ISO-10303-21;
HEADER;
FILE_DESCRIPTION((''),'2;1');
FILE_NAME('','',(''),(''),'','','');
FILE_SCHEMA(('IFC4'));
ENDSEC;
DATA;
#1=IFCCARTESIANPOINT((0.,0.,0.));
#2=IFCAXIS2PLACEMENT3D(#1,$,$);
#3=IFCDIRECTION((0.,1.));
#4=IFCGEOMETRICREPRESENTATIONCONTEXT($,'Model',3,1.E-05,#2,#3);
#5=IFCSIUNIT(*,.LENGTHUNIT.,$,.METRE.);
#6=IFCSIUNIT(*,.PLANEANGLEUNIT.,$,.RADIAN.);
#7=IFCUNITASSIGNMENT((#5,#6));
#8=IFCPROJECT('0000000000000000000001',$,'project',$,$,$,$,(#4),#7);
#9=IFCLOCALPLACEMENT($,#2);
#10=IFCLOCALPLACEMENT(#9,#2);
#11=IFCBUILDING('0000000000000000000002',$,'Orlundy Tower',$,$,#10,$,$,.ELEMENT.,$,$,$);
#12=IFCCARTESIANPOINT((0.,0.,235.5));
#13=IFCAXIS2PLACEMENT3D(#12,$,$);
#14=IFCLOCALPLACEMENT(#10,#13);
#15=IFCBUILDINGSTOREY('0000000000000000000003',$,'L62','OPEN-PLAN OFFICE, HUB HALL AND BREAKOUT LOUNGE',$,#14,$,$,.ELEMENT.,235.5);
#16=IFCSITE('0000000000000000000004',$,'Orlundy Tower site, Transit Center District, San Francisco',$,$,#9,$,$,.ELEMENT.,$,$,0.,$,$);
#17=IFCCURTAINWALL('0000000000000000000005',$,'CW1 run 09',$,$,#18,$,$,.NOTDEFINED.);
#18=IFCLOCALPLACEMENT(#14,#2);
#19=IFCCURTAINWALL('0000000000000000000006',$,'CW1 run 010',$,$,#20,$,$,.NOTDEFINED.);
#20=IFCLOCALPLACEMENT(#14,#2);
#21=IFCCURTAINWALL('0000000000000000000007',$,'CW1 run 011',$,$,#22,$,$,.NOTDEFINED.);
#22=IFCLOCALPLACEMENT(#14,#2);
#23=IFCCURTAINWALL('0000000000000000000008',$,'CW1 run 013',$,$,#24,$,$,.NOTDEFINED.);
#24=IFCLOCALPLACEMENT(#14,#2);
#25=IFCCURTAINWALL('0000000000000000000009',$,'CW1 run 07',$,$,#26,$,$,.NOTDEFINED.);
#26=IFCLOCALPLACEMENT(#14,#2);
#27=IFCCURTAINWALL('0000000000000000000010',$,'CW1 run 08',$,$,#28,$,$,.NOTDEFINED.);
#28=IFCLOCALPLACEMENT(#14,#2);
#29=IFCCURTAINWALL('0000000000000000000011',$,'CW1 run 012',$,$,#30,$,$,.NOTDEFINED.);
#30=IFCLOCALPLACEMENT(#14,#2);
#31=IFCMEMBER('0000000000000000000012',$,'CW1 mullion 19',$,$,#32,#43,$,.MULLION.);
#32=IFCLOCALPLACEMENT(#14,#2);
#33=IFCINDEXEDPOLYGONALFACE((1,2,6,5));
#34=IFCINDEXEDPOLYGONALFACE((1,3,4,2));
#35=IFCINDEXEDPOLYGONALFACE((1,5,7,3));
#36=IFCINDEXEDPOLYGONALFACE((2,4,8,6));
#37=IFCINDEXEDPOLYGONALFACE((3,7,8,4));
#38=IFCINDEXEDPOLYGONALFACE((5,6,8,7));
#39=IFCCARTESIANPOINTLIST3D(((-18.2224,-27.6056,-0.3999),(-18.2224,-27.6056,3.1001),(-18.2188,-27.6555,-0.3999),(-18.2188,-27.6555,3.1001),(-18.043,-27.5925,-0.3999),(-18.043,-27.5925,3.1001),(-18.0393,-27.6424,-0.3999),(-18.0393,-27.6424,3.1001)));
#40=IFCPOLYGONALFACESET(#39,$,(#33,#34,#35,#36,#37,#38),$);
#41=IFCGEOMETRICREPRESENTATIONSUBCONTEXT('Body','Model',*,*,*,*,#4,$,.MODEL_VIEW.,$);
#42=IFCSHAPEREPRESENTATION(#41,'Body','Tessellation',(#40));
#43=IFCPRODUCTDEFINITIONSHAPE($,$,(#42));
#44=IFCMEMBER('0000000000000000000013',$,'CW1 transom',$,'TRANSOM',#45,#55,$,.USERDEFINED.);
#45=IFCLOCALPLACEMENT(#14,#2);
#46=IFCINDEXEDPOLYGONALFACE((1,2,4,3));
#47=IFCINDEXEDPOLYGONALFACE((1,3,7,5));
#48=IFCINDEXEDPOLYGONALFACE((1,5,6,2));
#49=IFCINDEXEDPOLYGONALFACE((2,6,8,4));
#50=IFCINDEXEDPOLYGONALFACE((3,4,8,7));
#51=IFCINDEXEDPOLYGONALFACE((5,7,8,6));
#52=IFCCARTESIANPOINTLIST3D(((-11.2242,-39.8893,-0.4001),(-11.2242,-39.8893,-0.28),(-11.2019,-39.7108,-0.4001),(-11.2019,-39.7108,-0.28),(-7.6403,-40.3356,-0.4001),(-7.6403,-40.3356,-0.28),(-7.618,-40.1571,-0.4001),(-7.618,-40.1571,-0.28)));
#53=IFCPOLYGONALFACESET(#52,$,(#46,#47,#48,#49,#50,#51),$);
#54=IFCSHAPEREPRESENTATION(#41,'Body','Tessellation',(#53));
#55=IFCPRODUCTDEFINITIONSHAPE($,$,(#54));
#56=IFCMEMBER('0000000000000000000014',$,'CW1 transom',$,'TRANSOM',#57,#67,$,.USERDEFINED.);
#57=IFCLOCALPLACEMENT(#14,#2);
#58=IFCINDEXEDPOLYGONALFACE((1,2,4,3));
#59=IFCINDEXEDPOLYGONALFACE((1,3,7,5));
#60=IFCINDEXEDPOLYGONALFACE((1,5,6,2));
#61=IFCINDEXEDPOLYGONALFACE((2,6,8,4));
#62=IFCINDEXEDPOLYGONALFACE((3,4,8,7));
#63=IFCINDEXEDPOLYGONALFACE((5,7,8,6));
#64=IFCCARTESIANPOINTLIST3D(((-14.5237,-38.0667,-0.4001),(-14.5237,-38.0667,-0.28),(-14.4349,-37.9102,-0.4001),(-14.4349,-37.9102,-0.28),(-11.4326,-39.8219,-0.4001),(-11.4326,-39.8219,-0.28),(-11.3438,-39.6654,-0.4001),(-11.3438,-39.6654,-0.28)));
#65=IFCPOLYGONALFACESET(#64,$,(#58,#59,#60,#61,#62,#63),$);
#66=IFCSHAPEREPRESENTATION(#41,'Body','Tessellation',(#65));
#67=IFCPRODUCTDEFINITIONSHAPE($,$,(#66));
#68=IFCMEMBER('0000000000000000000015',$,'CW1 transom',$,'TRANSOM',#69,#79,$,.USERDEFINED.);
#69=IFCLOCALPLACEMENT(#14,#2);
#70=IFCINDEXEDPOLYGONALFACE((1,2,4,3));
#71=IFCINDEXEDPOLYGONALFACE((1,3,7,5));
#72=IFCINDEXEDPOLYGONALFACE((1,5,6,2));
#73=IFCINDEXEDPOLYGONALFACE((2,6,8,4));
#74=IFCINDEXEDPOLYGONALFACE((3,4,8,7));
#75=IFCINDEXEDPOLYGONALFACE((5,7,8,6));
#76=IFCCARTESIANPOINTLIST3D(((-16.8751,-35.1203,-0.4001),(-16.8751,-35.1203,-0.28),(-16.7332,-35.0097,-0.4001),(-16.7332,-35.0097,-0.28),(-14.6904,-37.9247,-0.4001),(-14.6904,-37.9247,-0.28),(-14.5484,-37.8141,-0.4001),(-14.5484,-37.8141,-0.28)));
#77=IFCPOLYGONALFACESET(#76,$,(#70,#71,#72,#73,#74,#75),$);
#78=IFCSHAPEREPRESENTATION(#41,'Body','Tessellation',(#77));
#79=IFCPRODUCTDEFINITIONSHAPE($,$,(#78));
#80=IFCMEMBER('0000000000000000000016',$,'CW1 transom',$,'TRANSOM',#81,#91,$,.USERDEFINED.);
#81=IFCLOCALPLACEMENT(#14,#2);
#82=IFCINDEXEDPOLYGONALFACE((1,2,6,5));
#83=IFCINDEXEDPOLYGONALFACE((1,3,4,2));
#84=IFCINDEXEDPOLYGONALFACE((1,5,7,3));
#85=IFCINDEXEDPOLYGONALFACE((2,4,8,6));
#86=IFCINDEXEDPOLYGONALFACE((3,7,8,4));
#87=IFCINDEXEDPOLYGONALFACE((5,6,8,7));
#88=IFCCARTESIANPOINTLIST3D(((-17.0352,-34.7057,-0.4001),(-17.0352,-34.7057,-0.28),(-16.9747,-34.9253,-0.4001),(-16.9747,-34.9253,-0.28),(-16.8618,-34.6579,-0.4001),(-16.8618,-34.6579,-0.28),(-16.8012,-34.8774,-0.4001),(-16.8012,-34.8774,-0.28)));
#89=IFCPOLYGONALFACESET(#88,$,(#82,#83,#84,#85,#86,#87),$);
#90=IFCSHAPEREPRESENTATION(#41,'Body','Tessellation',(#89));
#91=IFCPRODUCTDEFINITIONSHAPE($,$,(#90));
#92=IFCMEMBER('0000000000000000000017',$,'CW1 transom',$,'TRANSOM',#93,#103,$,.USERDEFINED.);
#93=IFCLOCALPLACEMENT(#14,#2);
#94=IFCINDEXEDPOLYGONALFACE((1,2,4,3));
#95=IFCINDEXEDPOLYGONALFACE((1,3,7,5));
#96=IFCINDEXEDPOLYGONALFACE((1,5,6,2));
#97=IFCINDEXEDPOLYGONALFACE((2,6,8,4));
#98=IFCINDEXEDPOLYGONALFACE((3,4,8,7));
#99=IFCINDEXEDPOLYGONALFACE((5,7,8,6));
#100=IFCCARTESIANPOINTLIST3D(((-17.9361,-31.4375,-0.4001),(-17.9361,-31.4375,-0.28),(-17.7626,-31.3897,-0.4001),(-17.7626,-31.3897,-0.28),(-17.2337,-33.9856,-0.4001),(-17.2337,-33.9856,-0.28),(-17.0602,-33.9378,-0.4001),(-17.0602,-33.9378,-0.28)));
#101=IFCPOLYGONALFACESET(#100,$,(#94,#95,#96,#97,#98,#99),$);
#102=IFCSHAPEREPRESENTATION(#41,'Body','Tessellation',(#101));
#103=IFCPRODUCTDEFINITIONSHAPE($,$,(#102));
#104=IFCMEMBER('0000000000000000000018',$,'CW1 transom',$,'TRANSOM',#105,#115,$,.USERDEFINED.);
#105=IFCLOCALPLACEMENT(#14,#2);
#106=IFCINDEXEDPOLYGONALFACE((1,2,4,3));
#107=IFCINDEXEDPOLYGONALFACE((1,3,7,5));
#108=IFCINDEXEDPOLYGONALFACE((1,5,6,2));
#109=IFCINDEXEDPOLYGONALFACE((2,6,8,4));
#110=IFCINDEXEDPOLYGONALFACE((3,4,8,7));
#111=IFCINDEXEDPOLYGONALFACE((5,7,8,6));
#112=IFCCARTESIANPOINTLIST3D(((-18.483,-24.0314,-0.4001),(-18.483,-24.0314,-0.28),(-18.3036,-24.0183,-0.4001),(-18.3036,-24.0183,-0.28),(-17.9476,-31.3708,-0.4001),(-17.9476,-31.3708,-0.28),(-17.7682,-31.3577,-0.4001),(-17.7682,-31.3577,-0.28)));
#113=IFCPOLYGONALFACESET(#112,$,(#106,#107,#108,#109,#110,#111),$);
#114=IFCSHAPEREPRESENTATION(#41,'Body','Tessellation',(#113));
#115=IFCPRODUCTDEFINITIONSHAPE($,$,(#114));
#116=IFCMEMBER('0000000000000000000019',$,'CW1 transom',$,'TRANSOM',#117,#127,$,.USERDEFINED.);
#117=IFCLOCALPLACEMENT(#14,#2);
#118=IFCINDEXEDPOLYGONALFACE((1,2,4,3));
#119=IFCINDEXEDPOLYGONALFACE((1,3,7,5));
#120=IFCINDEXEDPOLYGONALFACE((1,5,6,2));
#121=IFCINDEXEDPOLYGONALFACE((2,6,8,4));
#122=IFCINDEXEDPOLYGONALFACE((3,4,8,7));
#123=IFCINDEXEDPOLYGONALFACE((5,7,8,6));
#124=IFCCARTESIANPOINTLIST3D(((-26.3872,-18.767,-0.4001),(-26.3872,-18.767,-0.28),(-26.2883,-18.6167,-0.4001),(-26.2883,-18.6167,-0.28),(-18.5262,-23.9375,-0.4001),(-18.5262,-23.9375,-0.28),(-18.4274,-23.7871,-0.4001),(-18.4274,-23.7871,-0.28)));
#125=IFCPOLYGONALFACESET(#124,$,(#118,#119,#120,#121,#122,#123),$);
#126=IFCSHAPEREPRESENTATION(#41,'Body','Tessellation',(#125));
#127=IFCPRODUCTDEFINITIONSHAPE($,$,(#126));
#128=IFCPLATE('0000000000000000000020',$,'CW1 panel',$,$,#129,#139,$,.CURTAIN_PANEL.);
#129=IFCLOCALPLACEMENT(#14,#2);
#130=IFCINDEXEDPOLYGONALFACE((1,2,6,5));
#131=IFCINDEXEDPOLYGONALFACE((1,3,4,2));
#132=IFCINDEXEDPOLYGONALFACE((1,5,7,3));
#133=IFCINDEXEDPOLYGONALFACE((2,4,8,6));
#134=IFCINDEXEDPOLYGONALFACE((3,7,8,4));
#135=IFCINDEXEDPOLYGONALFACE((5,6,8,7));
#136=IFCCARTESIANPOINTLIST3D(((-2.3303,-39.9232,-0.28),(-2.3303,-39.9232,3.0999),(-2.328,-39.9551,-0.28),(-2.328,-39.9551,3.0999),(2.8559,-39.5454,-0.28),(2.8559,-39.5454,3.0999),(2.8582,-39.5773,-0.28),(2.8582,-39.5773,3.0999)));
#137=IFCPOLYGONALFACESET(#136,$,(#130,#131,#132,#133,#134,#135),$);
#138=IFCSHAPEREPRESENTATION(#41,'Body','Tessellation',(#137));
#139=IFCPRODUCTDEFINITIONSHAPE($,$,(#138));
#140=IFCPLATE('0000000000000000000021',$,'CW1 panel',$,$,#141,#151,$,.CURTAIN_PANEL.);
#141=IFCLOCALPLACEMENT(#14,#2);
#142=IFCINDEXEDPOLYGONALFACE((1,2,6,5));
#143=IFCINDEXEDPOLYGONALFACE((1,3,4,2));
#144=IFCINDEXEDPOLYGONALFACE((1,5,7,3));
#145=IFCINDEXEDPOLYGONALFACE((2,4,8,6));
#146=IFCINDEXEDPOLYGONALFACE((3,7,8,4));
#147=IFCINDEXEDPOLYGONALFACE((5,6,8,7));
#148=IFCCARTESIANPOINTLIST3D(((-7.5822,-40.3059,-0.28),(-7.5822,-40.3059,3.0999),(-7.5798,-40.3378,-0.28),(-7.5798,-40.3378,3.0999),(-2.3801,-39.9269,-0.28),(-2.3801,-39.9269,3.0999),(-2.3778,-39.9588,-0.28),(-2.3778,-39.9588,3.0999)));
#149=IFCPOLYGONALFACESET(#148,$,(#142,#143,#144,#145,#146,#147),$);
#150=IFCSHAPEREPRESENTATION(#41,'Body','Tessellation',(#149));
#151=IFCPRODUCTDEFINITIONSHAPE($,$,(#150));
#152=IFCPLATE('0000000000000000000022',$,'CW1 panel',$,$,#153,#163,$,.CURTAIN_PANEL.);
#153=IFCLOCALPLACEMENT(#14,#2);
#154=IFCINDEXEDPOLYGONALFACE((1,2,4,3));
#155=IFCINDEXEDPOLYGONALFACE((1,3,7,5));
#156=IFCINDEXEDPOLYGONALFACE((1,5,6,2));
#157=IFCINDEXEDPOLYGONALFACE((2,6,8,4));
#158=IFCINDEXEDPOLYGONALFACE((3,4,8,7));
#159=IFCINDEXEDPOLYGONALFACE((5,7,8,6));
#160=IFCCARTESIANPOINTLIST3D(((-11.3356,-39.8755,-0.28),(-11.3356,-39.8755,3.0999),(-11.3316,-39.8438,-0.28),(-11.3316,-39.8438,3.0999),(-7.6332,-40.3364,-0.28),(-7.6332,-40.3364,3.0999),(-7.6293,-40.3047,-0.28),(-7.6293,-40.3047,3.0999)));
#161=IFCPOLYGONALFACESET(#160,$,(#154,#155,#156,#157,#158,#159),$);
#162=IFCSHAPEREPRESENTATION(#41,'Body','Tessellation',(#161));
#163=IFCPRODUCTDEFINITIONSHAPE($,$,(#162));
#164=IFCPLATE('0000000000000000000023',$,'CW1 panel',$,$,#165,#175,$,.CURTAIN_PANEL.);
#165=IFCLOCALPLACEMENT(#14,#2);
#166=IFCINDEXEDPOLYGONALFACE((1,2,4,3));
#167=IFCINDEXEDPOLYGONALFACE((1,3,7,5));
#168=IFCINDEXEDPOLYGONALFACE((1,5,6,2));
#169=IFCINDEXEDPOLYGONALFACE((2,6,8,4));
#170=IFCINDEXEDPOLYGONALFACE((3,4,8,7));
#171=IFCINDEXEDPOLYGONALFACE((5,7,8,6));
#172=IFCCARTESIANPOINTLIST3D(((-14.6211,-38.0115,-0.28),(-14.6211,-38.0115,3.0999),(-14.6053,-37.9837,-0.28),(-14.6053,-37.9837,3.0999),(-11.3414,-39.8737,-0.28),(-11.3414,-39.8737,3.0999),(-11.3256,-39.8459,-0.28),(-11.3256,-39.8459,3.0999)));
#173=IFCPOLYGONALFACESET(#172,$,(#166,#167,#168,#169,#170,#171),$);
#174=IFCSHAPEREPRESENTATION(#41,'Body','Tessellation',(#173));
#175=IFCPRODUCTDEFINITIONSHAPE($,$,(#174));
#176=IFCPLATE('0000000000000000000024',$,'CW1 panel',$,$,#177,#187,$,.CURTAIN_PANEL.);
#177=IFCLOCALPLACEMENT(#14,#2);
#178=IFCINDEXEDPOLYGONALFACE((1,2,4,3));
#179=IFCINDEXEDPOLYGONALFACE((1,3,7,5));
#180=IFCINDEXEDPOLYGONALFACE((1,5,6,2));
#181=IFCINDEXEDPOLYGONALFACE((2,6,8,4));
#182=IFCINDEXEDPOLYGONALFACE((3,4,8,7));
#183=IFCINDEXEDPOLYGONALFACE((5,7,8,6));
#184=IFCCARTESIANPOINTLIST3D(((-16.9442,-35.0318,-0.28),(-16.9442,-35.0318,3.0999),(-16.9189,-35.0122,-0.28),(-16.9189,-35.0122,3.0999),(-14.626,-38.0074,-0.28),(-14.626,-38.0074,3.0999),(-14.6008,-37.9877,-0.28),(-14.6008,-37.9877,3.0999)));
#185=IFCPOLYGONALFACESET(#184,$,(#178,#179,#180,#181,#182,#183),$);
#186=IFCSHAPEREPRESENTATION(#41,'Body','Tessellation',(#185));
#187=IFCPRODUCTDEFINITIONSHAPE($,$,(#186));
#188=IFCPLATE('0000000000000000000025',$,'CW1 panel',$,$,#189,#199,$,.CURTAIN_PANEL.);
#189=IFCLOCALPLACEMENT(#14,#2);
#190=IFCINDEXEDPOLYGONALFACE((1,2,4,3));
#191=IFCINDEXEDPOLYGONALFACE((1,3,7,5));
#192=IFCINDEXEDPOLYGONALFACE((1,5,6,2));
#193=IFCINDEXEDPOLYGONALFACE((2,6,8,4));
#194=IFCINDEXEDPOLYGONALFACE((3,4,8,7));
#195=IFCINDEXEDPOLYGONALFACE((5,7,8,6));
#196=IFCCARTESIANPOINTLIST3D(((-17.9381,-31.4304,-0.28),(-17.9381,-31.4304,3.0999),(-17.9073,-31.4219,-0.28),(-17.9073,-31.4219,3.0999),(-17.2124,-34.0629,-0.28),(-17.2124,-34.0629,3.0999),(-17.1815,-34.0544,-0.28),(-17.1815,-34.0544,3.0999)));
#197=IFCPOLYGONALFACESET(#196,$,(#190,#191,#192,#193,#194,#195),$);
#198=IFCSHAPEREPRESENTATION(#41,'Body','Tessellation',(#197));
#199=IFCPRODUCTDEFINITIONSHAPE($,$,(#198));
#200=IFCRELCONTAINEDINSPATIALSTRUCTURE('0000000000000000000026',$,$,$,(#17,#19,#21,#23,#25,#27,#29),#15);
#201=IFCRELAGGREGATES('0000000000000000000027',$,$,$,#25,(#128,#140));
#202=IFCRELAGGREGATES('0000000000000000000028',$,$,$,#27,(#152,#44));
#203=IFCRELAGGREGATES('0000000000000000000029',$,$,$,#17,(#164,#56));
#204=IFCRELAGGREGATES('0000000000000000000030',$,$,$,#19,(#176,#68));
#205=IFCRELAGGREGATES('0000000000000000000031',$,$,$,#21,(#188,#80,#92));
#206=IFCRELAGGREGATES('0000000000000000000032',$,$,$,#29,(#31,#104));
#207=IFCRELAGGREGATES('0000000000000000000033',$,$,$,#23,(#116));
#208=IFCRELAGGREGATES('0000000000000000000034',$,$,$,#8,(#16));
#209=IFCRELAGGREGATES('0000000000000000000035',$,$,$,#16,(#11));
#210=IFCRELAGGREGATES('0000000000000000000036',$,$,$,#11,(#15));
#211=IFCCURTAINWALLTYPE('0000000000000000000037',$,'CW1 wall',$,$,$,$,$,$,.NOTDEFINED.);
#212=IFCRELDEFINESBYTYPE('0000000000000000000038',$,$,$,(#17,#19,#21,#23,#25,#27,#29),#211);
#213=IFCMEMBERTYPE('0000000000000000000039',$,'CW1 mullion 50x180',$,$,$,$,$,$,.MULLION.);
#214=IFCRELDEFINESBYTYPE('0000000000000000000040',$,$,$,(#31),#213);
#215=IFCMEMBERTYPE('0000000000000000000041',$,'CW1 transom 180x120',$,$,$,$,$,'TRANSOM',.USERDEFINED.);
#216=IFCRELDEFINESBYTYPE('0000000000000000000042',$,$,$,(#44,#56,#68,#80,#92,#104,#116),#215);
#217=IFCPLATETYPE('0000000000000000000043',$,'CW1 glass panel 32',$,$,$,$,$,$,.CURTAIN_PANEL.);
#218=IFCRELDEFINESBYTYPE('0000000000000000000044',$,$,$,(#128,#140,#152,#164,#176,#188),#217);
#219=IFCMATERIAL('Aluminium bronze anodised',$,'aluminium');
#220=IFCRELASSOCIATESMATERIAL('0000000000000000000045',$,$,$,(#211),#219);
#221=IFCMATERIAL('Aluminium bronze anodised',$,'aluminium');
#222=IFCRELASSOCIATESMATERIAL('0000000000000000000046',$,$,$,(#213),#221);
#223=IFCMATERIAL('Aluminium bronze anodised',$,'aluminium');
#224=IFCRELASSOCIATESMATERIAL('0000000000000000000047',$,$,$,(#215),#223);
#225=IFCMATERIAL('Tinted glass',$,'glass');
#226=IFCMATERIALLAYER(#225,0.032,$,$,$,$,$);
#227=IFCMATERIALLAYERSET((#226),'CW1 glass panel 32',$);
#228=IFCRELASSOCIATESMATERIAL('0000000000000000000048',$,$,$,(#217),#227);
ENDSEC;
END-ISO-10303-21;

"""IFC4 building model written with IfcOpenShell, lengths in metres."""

from ifc_helpers import new_model, si_unit, direction, frame, origin, origin_2d, place, context, subcontext, project, spatial, rectangle, extrude, material, layer, layer_set, material_profile, profile_set, type_object, element, aggregate, save


model = new_model("IFC4")

# Units and contexts
model_context = context("Model", 3, precision=1e-05, world=origin(), true_north=direction((0.0, 1.0)))
body_context = subcontext(model_context, "Body", "Model", "MODEL_VIEW")
ifc_project = project(units=[si_unit("LENGTHUNIT", "METRE"), si_unit("PLANEANGLEUNIT", "RADIAN")], contexts=[model_context])

# Site, building, storey
site_placement = place(None, origin())
site = spatial("IfcSite", under=ifc_project, at=site_placement, Name="Orlundy Tower site, Transit Center District, San Francisco", CompositionType="ELEMENT", RefElevation=0.0)
building_placement = place(site_placement, origin())
building = spatial("IfcBuilding", under=site, at=building_placement, Name="Orlundy Tower", CompositionType="ELEMENT")
storey_placement = place(building_placement, frame((0.0, 0.0, 235.5)))
storey = spatial("IfcBuildingStorey", under=building, at=storey_placement, Name="L62", Description="OPEN-PLAN OFFICE, HUB HALL AND BREAKOUT LOUNGE", CompositionType="ELEMENT", Elevation=235.5)

# Curtain walls
ifc_material_1 = material(Name="Aluminium bronze anodised", Category="aluminium")
curtain_wall_type = type_object("IfcCurtainWallType", Name="CW1 wall", PredefinedType="NOTDEFINED", material=ifc_material_1)
curtain_wall_1_placement = place(storey_placement, origin())
curtain_wall_1 = element("IfcCurtainWall", 1, at=curtain_wall_1_placement, inside=storey, type_object=curtain_wall_type, Name="CW1 run 09", PredefinedType="NOTDEFINED")
curtain_wall_2_placement = place(storey_placement, origin())
curtain_wall_2 = element("IfcCurtainWall", 2, at=curtain_wall_2_placement, inside=storey, type_object=curtain_wall_type, Name="CW1 run 010", PredefinedType="NOTDEFINED")
curtain_wall_3_placement = place(storey_placement, origin())
curtain_wall_3 = element("IfcCurtainWall", 3, at=curtain_wall_3_placement, inside=storey, type_object=curtain_wall_type, Name="CW1 run 011", PredefinedType="NOTDEFINED")
curtain_wall_4_placement = place(storey_placement, origin())
curtain_wall_4 = element("IfcCurtainWall", 4, at=curtain_wall_4_placement, inside=storey, type_object=curtain_wall_type, Name="CW1 run 013", PredefinedType="NOTDEFINED")

# Curtain wall
curtain_wall_5_placement = place(storey_placement, origin())
curtain_wall_5 = element("IfcCurtainWall", 5, at=curtain_wall_5_placement, inside=storey, type_object=curtain_wall_type, Name="CW1 run 07", PredefinedType="NOTDEFINED")
ifc_material_2 = material(Name="Aluminium bronze anodised", Category="aluminium")
ifc_material_profile_1 = material_profile(ifc_material_2, rectangle(XDim=0.1799, YDim=0.05, at=origin_2d()), Name="CW1 mullion 50x180")
ifc_profile_set_1 = profile_set([ifc_material_profile_1], Name="Aluminium bronze anodised")
member_type_1 = type_object("IfcMemberType", Name="CW1 mullion 50x180", PredefinedType="MULLION", material=ifc_profile_set_1)

# Curtain wall
curtain_wall_6_placement = place(storey_placement, origin())
curtain_wall_6 = element("IfcCurtainWall", 6, at=curtain_wall_6_placement, inside=storey, type_object=curtain_wall_type, Name="CW1 run 08", PredefinedType="NOTDEFINED")

# Curtain wall, member
curtain_wall_7_placement = place(storey_placement, origin())
curtain_wall_7 = element("IfcCurtainWall", 7, at=curtain_wall_7_placement, inside=storey, type_object=curtain_wall_type, Name="CW1 run 012", PredefinedType="NOTDEFINED")
member_1_placement = place(storey_placement, frame((-18.1309, -27.624, -0.3999), z_axis=(0.0, 0.0, 1.0), x_axis=(-0.99735, -0.072747, 0.0)))
member_1 = element("IfcMember", 8, at=member_1_placement, type_object=member_type_1, Name="CW1 mullion 19", PredefinedType="MULLION", context=body_context, shape_type="SweptSolid", body=[
    extrude(rectangle(XDim=0.1799, YDim=0.05, at=origin_2d()), origin(), (0.0, 0.0, 1.0), 3.5),
])

# Members
ifc_material_3 = material(Name="Aluminium bronze anodised", Category="aluminium")
ifc_material_profile_2 = material_profile(ifc_material_3, rectangle(XDim=0.1799, YDim=0.1201, at=origin_2d()), Name="CW1 transom 180x120")
ifc_profile_set_2 = profile_set([ifc_material_profile_2], Name="Aluminium bronze anodised")
member_type_2 = type_object("IfcMemberType", Name="CW1 transom 180x120", ElementType="TRANSOM", PredefinedType="USERDEFINED", material=ifc_profile_set_2)
member_2_placement = place(storey_placement, frame((-7.6292, -40.2463, -0.3401), z_axis=(-0.992336, 0.123569, 0.0), x_axis=(-0.123569, -0.992336, 0.0)))
member_2 = element("IfcMember", 9, at=member_2_placement, type_object=member_type_2, Name="CW1 transom", ObjectType="TRANSOM", PredefinedType="USERDEFINED", context=body_context, shape_type="SweptSolid", body=[
    extrude(rectangle(XDim=0.1799, YDim=0.1201, at=origin_2d()), origin(), (0.0, 0.0, 1.0), 3.6116),
])
member_3_placement = place(storey_placement, frame((-11.3882, -39.7437, -0.3401), z_axis=(-0.869597, 0.493763, 0.0), x_axis=(-0.493763, -0.869597, 0.0)))
member_3 = element("IfcMember", 10, at=member_3_placement, type_object=member_type_2, Name="CW1 transom", ObjectType="TRANSOM", PredefinedType="USERDEFINED", context=body_context, shape_type="SweptSolid", body=[
    extrude(rectangle(XDim=0.1799, YDim=0.1201, at=origin_2d()), origin(), (0.0, 0.0, 1.0), 3.5547),
])
member_4_placement = place(storey_placement, frame((-14.6194, -37.8694, -0.3401), z_axis=(-0.614568, 0.788864, 0.0), x_axis=(-0.788864, -0.614568, 0.0)))
member_4 = element("IfcMember", 11, at=member_4_placement, type_object=member_type_2, Name="CW1 transom", ObjectType="TRANSOM", PredefinedType="USERDEFINED", context=body_context, shape_type="SweptSolid", body=[
    extrude(rectangle(XDim=0.1799, YDim=0.1201, at=origin_2d()), origin(), (0.0, 0.0, 1.0), 3.5549),
])
member_5_placement = place(storey_placement, frame((-16.8879, -34.9014, -0.3401), z_axis=(-0.265929, 0.963993, 0.0), x_axis=(-0.963993, -0.265929, 0.0)))
member_5 = element("IfcMember", 12, at=member_5_placement, type_object=member_type_2, Name="CW1 transom", ObjectType="TRANSOM", PredefinedType="USERDEFINED", context=body_context, shape_type="SweptSolid", body=[
    extrude(rectangle(XDim=0.1799, YDim=0.1201, at=origin_2d()), origin(), (0.0, 0.0, 1.0), 0.2278),
])
member_6_placement = place(storey_placement, frame((-17.147, -33.9617, -0.3401), z_axis=(-0.265743, 0.964044, 0.0), x_axis=(-0.964044, -0.265743, 0.0)))
member_6 = element("IfcMember", 13, at=member_6_placement, type_object=member_type_2, Name="CW1 transom", ObjectType="TRANSOM", PredefinedType="USERDEFINED", context=body_context, shape_type="SweptSolid", body=[
    extrude(rectangle(XDim=0.1799, YDim=0.1201, at=origin_2d()), origin(), (0.0, 0.0, 1.0), 2.6431),
])
member_7_placement = place(storey_placement, frame((-17.8579, -31.3643, -0.3401), z_axis=(-0.072756, 0.99735, 0.0), x_axis=(-0.99735, -0.072756, 0.0)))
member_7 = element("IfcMember", 14, at=member_7_placement, type_object=member_type_2, Name="CW1 transom", ObjectType="TRANSOM", PredefinedType="USERDEFINED", context=body_context, shape_type="SweptSolid", body=[
    extrude(rectangle(XDim=0.1799, YDim=0.1201, at=origin_2d()), origin(), (0.0, 0.0, 1.0), 7.3589),
])
member_8_placement = place(storey_placement, frame((-18.4768, -23.8623, -0.3401), z_axis=(-0.835475, 0.549528, 0.0), x_axis=(-0.549528, -0.835475, 0.0)))
member_8 = element("IfcMember", 15, at=member_8_placement, type_object=member_type_2, Name="CW1 transom", ObjectType="TRANSOM", PredefinedType="USERDEFINED", context=body_context, shape_type="SweptSolid", body=[
    extrude(rectangle(XDim=0.1799, YDim=0.1201, at=origin_2d()), origin(), (0.0, 0.0, 1.0), 9.4089),
])

# Plates
ifc_material_4 = material(Name="Tinted glass", Category="glass")
ifc_layer_1 = layer(ifc_material_4, 0.032)
ifc_layer_set_1 = layer_set([ifc_layer_1], Name="CW1 glass panel 32")
plate_type = type_object("IfcPlateType", Name="CW1 glass panel 32", PredefinedType="CURTAIN_PANEL", material=ifc_layer_set_1)
plate_1_placement = place(storey_placement, frame((0.2639, -39.7502, -0.28), z_axis=(0.0, 0.0, 1.0), x_axis=(-0.997356, -0.072668, 0.0)))
plate_1 = element("IfcPlate", 16, at=plate_1_placement, type_object=plate_type, Name="CW1 panel", PredefinedType="CURTAIN_PANEL", context=body_context, shape_type="SweptSolid", body=[
    extrude(rectangle(XDim=5.2, YDim=0.032, at=origin_2d()), origin(), (0.0, 0.0, 1.0), 3.3799),
])
plate_2_placement = place(storey_placement, frame((-4.98, -40.1323, -0.28), z_axis=(0.0, 0.0, 1.0), x_axis=(-0.997356, -0.072668, 0.0)))
plate_2 = element("IfcPlate", 17, at=plate_2_placement, type_object=plate_type, Name="CW1 panel", PredefinedType="CURTAIN_PANEL", context=body_context, shape_type="SweptSolid", body=[
    extrude(rectangle(XDim=5.2158, YDim=0.032, at=origin_2d()), origin(), (0.0, 0.0, 1.0), 3.3799),
])
aggregate(curtain_wall_5, [plate_1, plate_2])
plate_3_placement = place(storey_placement, frame((-9.4824, -40.0901, -0.28), z_axis=(0.0, 0.0, 1.0), x_axis=(-0.99234, 0.123537, 0.0)))
plate_3 = element("IfcPlate", 18, at=plate_3_placement, type_object=plate_type, Name="CW1 panel", PredefinedType="CURTAIN_PANEL", context=body_context, shape_type="SweptSolid", body=[
    extrude(rectangle(XDim=3.731, YDim=0.032, at=origin_2d()), origin(), (0.0, 0.0, 1.0), 3.3799),
])
aggregate(curtain_wall_6, [plate_3, member_2])
plate_4_placement = place(storey_placement, frame((-12.9734, -38.9287, -0.28), z_axis=(0.0, 0.0, 1.0), x_axis=(-0.869601, 0.493754, 0.0)))
plate_4 = element("IfcPlate", 19, at=plate_4_placement, type_object=plate_type, Name="CW1 panel", PredefinedType="CURTAIN_PANEL", context=body_context, shape_type="SweptSolid", body=[
    extrude(rectangle(XDim=3.7715, YDim=0.032, at=origin_2d()), origin(), (0.0, 0.0, 1.0), 3.3799),
])
aggregate(curtain_wall_1, [plate_4, member_3])
plate_5_placement = place(storey_placement, frame((-15.7725, -36.5098, -0.28), z_axis=(0.0, 0.0, 1.0), x_axis=(-0.614575, 0.788858, 0.0)))
plate_5 = element("IfcPlate", 20, at=plate_5_placement, type_object=plate_type, Name="CW1 panel", PredefinedType="CURTAIN_PANEL", context=body_context, shape_type="SweptSolid", body=[
    extrude(rectangle(XDim=3.772, YDim=0.032, at=origin_2d()), origin(), (0.0, 0.0, 1.0), 3.3799),
])
aggregate(curtain_wall_2, [plate_5, member_4])
plate_6_placement = place(storey_placement, frame((-17.5598, -32.7424, -0.28), z_axis=(0.0, 0.0, 1.0), x_axis=(-0.265765, 0.964038, 0.0)))
plate_6 = element("IfcPlate", 21, at=plate_6_placement, type_object=plate_type, Name="CW1 panel", PredefinedType="CURTAIN_PANEL", context=body_context, shape_type="SweptSolid", body=[
    extrude(rectangle(XDim=2.7307, YDim=0.032, at=origin_2d()), origin(), (0.0, 0.0, 1.0), 3.3799),
])
aggregate(curtain_wall_3, [plate_6, member_5, member_6])
aggregate(curtain_wall_7, [member_1, member_7])
aggregate(curtain_wall_4, [member_8])

save(model, "model.ifc")
